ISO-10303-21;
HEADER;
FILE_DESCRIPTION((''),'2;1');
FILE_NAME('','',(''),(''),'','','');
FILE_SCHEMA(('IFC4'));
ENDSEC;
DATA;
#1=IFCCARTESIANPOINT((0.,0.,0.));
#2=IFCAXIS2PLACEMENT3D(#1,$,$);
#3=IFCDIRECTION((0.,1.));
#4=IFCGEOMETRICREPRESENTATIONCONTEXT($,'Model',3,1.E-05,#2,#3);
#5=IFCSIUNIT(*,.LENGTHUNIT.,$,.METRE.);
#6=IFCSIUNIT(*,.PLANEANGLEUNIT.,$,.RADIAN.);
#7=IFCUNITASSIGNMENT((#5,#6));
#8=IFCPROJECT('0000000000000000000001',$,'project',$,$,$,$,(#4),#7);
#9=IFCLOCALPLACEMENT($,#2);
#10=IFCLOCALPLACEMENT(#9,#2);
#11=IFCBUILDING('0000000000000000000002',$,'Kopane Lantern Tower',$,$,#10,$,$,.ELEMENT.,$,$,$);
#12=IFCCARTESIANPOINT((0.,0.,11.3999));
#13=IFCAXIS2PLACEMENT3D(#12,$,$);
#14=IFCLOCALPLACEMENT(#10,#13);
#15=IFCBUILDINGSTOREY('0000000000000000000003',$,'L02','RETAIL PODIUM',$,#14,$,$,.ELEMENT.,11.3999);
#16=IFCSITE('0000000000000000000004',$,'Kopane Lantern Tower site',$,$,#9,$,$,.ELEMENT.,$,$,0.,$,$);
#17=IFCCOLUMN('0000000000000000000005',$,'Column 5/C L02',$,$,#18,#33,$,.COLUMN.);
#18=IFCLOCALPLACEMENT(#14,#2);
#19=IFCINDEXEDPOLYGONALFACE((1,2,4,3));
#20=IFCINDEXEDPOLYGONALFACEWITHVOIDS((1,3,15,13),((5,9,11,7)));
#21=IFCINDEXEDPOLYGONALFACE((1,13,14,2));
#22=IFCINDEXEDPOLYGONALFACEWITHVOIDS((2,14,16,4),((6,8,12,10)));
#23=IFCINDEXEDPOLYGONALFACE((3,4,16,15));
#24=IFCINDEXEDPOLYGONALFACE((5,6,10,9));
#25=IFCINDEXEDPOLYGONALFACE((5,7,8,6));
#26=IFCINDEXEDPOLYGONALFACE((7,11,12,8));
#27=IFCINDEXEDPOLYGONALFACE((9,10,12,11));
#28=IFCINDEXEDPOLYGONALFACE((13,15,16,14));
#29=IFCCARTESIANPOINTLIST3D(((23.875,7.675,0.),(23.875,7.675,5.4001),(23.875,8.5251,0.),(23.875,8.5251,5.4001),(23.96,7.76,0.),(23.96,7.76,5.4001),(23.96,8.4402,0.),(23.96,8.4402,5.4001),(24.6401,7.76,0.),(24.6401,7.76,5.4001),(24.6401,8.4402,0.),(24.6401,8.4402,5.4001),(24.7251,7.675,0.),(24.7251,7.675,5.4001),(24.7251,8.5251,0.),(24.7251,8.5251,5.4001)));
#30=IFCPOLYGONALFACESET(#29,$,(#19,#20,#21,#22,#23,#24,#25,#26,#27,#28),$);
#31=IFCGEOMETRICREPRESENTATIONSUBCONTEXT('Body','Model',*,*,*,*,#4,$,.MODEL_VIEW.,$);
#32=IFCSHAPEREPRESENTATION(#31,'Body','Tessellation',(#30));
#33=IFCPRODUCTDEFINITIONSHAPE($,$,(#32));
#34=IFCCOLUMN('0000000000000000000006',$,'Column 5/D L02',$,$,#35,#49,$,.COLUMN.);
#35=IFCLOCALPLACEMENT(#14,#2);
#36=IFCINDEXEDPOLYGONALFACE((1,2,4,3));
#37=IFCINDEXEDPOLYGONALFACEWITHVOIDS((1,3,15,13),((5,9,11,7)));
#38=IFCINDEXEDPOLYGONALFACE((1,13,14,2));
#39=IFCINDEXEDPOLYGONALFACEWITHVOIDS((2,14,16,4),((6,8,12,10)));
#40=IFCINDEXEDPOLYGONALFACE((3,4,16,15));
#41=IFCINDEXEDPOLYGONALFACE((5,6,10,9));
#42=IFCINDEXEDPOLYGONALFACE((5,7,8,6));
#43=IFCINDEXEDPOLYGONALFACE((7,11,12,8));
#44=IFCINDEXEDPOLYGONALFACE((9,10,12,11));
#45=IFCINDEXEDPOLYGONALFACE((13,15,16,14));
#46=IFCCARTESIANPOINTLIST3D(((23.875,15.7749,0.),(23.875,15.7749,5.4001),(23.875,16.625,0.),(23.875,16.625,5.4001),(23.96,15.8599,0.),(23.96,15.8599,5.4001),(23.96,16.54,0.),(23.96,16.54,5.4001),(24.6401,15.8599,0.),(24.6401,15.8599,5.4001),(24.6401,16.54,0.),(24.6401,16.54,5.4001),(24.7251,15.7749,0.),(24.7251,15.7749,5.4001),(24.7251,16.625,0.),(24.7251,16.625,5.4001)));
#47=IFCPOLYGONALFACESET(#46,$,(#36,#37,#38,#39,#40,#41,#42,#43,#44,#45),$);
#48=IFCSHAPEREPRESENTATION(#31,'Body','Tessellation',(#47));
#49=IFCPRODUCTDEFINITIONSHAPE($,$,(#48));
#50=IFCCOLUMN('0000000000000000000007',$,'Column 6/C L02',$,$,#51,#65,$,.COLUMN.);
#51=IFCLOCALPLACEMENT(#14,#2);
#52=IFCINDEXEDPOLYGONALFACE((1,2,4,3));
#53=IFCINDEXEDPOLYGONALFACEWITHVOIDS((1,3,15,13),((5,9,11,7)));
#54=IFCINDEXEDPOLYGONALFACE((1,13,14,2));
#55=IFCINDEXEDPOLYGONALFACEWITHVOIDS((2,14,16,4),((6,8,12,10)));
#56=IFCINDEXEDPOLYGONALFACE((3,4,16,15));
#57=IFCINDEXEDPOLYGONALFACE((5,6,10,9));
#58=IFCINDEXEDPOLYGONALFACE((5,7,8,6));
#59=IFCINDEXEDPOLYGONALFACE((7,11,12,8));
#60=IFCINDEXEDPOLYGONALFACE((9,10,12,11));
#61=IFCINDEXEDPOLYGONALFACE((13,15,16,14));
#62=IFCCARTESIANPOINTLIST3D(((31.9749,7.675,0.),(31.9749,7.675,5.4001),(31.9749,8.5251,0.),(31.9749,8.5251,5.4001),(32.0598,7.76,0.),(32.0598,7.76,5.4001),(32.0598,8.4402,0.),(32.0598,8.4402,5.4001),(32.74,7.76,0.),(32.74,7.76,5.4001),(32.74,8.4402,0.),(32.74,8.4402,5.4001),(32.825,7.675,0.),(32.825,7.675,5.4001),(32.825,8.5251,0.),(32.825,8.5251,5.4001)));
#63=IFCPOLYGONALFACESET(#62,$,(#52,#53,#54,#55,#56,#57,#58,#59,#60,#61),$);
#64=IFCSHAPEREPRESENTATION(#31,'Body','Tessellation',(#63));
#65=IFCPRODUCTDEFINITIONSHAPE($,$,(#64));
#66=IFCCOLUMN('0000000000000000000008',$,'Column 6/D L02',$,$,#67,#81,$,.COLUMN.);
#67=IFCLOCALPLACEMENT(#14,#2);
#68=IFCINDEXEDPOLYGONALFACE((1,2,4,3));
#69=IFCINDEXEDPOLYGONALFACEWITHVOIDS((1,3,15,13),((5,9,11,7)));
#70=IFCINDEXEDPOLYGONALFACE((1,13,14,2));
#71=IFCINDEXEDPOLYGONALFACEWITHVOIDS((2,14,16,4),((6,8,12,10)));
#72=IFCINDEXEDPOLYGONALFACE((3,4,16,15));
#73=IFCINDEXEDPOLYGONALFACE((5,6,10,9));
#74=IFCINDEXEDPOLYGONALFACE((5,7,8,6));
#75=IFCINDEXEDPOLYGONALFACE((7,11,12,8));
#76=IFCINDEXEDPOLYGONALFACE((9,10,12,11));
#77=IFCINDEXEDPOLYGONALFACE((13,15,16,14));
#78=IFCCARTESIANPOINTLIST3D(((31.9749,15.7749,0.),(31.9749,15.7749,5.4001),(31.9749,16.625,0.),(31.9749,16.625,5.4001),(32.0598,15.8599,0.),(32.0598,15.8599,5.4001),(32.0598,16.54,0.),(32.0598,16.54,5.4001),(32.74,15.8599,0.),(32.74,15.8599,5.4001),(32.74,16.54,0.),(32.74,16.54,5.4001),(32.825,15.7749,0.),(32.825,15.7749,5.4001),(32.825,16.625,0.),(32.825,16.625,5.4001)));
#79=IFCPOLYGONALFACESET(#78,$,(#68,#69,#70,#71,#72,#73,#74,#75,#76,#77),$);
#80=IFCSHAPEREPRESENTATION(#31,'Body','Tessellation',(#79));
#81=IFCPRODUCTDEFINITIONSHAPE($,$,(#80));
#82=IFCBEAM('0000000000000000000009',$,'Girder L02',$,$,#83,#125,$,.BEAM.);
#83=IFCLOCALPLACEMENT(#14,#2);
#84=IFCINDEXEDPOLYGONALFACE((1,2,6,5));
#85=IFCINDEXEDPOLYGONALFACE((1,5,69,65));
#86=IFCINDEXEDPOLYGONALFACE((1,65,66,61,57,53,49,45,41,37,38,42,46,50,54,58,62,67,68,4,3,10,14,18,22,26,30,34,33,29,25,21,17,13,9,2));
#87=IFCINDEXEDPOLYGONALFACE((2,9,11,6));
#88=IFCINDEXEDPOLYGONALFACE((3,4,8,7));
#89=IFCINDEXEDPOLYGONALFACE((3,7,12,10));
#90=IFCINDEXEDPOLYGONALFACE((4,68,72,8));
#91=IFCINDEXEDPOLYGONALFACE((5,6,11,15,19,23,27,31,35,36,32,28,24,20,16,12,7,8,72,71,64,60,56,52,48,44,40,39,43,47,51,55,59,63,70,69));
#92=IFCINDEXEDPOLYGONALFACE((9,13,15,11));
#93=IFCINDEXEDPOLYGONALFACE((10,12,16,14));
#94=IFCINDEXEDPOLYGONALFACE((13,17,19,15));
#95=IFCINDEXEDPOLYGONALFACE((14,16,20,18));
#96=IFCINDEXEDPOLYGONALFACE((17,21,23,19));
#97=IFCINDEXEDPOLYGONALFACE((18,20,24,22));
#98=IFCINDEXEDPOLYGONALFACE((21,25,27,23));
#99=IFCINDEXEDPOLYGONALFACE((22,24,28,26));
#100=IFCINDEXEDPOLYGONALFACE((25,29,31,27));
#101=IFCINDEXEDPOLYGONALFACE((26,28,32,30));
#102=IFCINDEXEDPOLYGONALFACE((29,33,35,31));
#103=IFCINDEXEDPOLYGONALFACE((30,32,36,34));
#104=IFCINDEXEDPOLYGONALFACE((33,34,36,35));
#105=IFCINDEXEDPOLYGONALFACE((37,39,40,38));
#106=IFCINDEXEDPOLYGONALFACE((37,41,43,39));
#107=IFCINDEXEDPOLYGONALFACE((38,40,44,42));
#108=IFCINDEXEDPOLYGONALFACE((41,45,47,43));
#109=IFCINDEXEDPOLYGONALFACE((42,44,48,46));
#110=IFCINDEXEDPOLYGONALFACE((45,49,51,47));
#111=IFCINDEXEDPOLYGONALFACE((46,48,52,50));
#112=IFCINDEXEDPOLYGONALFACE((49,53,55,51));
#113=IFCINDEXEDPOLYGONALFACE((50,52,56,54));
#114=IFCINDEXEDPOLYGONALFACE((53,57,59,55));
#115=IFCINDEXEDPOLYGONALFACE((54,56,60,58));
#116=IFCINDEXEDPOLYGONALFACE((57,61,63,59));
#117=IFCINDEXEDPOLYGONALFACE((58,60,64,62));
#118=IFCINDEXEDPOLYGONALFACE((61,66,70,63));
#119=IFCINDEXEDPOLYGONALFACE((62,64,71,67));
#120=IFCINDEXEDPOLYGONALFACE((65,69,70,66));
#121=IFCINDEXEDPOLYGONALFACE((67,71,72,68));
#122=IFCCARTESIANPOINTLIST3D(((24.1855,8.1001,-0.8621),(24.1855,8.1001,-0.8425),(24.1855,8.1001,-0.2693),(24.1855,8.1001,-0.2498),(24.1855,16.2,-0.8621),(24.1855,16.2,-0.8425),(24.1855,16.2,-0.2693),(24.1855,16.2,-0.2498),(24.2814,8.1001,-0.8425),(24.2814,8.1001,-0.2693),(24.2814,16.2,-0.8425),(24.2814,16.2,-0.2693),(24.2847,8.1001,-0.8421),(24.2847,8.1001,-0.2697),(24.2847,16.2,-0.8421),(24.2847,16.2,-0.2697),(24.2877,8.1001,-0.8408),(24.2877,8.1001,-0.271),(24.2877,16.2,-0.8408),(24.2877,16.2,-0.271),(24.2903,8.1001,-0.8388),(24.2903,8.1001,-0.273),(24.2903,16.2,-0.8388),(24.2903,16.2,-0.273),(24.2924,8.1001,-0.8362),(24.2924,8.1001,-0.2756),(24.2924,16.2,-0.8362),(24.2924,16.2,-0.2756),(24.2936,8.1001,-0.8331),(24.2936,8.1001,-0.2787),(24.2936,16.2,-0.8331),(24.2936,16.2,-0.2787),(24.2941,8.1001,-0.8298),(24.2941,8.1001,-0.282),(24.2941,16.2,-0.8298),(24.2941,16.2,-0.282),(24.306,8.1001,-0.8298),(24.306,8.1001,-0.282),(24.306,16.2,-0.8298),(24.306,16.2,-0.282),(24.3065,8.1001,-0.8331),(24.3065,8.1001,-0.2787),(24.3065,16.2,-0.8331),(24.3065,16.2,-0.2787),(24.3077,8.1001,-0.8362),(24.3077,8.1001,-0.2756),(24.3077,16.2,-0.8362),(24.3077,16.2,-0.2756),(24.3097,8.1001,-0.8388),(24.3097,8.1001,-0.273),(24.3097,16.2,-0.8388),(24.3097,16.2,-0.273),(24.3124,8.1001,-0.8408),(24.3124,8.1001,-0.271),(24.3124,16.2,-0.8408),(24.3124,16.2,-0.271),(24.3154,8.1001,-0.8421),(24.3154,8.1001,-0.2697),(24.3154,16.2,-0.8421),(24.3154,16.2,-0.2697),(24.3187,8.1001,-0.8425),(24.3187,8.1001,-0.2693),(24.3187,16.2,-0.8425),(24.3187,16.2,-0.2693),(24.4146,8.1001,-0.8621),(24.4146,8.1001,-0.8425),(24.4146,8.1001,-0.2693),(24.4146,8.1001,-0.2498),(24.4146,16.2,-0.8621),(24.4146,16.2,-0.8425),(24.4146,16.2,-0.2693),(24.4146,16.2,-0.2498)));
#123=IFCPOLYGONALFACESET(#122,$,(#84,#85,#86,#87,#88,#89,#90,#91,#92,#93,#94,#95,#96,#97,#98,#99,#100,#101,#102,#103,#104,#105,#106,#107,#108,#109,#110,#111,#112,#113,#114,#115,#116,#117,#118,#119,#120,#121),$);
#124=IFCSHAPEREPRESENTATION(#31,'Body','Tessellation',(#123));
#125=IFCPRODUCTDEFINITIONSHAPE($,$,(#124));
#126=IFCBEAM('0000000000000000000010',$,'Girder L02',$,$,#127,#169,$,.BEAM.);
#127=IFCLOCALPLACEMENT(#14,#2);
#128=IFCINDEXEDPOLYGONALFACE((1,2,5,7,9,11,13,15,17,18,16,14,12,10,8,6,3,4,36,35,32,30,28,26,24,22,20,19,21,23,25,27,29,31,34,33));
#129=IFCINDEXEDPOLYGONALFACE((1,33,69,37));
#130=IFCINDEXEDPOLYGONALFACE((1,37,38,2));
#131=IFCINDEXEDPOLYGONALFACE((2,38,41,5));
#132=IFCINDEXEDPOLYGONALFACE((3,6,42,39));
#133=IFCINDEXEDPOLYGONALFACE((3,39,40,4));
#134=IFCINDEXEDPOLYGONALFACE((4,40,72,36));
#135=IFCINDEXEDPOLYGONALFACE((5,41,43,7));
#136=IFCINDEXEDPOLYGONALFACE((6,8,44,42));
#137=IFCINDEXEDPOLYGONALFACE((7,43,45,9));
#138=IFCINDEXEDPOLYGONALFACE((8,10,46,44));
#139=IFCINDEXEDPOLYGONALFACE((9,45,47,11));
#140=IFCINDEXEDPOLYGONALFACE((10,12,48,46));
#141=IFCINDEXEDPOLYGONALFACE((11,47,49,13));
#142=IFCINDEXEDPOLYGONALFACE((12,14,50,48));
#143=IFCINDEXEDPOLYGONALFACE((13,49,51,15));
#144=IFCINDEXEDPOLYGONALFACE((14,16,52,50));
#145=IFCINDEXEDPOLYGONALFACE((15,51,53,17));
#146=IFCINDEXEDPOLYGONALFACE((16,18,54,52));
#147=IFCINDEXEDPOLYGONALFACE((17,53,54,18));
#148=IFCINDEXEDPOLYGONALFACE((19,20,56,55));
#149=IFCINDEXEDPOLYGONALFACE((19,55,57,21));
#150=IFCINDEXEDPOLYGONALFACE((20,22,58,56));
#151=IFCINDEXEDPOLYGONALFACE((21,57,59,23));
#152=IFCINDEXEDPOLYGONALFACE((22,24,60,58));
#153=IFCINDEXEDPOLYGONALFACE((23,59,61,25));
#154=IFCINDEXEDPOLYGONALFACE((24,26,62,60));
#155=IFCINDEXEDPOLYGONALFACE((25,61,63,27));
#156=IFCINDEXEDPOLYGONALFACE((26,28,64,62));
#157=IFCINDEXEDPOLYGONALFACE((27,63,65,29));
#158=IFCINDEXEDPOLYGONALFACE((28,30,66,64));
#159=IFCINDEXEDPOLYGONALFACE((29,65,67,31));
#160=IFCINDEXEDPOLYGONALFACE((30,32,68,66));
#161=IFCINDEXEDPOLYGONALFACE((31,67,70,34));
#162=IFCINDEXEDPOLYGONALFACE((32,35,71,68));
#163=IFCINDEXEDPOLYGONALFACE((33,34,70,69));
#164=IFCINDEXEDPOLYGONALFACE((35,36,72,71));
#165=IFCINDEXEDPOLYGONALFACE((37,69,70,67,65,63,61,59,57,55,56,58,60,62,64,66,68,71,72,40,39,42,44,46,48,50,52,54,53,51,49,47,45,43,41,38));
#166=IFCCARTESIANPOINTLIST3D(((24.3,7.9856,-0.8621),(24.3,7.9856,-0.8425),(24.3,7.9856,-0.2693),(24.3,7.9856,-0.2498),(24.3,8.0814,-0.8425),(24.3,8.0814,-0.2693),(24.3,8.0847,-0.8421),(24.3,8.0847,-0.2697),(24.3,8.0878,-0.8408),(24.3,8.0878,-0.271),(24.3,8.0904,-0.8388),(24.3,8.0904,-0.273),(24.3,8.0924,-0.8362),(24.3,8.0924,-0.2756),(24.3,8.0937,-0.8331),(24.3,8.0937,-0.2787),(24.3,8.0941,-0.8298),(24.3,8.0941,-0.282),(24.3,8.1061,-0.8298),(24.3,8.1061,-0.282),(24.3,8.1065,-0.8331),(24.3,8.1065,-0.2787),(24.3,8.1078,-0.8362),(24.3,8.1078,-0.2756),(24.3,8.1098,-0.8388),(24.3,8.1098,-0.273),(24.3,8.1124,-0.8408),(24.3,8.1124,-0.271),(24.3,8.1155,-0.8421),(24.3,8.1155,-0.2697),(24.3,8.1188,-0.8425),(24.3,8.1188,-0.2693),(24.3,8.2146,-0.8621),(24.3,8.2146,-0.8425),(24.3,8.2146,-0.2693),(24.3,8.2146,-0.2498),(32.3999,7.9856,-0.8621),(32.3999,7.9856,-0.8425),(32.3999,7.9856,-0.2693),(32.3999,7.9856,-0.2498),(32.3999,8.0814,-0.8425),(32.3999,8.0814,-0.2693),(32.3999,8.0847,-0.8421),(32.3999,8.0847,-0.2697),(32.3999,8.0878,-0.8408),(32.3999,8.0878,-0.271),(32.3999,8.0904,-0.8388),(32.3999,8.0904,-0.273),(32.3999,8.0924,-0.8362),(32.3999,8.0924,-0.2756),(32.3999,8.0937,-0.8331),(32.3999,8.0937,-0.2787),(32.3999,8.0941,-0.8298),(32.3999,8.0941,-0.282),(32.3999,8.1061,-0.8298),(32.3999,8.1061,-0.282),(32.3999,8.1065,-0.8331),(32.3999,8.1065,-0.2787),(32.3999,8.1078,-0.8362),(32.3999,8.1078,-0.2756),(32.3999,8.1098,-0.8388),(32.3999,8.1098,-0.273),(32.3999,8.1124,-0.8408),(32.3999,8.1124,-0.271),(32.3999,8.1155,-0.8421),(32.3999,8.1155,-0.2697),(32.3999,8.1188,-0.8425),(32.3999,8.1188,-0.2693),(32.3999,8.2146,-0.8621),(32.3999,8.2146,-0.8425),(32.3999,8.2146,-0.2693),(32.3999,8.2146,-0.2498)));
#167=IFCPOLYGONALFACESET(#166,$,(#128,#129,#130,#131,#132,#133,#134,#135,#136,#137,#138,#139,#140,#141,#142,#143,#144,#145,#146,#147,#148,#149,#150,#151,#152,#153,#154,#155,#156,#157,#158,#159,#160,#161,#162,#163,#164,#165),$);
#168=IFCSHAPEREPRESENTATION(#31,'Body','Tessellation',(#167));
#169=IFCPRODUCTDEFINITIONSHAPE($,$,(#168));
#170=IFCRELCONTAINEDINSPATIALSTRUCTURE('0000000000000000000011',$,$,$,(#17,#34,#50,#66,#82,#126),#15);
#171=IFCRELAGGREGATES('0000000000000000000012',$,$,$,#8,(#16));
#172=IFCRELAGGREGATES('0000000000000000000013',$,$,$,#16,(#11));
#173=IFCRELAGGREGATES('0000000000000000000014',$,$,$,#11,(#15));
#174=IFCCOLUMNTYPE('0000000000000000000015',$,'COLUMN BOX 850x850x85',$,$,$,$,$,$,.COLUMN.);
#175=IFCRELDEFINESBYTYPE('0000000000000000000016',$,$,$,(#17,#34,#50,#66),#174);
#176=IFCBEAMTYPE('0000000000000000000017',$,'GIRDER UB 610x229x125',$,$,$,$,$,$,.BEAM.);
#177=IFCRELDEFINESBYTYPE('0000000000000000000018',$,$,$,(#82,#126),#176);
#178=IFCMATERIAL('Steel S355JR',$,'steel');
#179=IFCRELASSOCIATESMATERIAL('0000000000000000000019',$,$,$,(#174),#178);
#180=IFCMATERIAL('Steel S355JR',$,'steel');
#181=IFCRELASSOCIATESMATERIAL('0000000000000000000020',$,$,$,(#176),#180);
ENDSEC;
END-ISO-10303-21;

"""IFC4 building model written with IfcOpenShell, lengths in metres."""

from ifc_helpers import new_model, si_unit, direction, frame, origin, origin_2d, place, context, subcontext, project, spatial, hollow_rectangle, i_section, extrude, material, material_profile, profile_set, type_object, element, save


model = new_model("IFC4")

# Units and contexts
model_context = context("Model", 3, precision=1e-05, world=origin(), true_north=direction((0.0, 1.0)))
body_context = subcontext(model_context, "Body", "Model", "MODEL_VIEW")
ifc_project = project(units=[si_unit("LENGTHUNIT", "METRE"), si_unit("PLANEANGLEUNIT", "RADIAN")], contexts=[model_context])

# Site, building, storey
site_placement = place(None, origin())
site = spatial("IfcSite", under=ifc_project, at=site_placement, Name="Kopane Lantern Tower site", CompositionType="ELEMENT", RefElevation=0.0)
building_placement = place(site_placement, origin())
building = spatial("IfcBuilding", under=site, at=building_placement, Name="Kopane Lantern Tower", CompositionType="ELEMENT")
storey_placement = place(building_placement, frame((0.0, 0.0, 11.3999)))
storey = spatial("IfcBuildingStorey", under=building, at=storey_placement, Name="L02", Description="RETAIL PODIUM", CompositionType="ELEMENT", Elevation=11.3999)

# Columns
ifc_material_1 = material(Name="Steel S355JR", Category="steel")
ifc_material_profile_1 = material_profile(ifc_material_1, hollow_rectangle(XDim=0.8501, YDim=0.8501, WallThickness=0.085, at=origin_2d()), Name="BOX 850x850x85")
ifc_profile_set_1 = profile_set([ifc_material_profile_1], Name="Steel S355JR")
column_type = type_object("IfcColumnType", Name="COLUMN BOX 850x850x85", PredefinedType="COLUMN", material=ifc_profile_set_1)
for number, where, z_axis, x_axis, name in (
    (1, (24.3, 8.1001, 0.0), (0.0, 0.0, 1.0), (1.0, 0.0, 0.0), "Column 5/C L02"),
    (2, (24.3, 16.2, 0.0), (0.0, 0.0, 1.0), (1.0, 0.0, 0.0), "Column 5/D L02"),
    (3, (32.3999, 8.1001, 0.0), (0.0, 0.0, 1.0), (1.0, 0.0, 0.0), "Column 6/C L02"),
    (4, (32.3999, 16.2, 0.0), (0.0, 0.0, 1.0), (1.0, 0.0, 0.0), "Column 6/D L02"),
):
    element("IfcColumn", number, at=place(storey_placement, frame(where, z_axis=z_axis, x_axis=x_axis)), inside=storey, type_object=column_type, Name=name, PredefinedType="COLUMN", context=body_context, shape_type="SweptSolid", body=[
        extrude(hollow_rectangle(XDim=0.8501, YDim=0.8501, WallThickness=0.085, at=origin_2d()), origin(), (0.0, 0.0, 1.0), 5.4001),
    ])

# Beams
ifc_material_2 = material(Name="Steel S355JR", Category="steel")
ifc_material_profile_2 = material_profile(ifc_material_2, i_section(OverallWidth=0.229, OverallDepth=0.6123, WebThickness=0.012, FlangeThickness=0.0195, FilletRadius=0.0127, at=origin_2d()), Name="UB 610x229x125")
ifc_profile_set_2 = profile_set([ifc_material_profile_2], Name="Steel S355JR")
beam_type = type_object("IfcBeamType", Name="GIRDER UB 610x229x125", PredefinedType="BEAM", material=ifc_profile_set_2)
for number, where, z_axis, x_axis, name in (
    (5, (24.3, 8.1001, -0.5559), (0.0, 1.0, 0.0), (-1.0, 0.0, 0.0), "Girder L02"),
    (6, (24.3, 8.1001, -0.5559), (1.0, 0.0, 0.0), (0.0, 1.0, 0.0), "Girder L02"),
):
    element("IfcBeam", number, at=place(storey_placement, frame(where, z_axis=z_axis, x_axis=x_axis)), inside=storey, type_object=beam_type, Name=name, PredefinedType="BEAM", context=body_context, shape_type="SweptSolid", body=[
        extrude(i_section(OverallWidth=0.229, OverallDepth=0.6123, WebThickness=0.012, FlangeThickness=0.0195, FilletRadius=0.0127, at=origin_2d()), origin(), (0.0, 0.0, 1.0), 8.0999),
    ])

save(model, "model.ifc")
